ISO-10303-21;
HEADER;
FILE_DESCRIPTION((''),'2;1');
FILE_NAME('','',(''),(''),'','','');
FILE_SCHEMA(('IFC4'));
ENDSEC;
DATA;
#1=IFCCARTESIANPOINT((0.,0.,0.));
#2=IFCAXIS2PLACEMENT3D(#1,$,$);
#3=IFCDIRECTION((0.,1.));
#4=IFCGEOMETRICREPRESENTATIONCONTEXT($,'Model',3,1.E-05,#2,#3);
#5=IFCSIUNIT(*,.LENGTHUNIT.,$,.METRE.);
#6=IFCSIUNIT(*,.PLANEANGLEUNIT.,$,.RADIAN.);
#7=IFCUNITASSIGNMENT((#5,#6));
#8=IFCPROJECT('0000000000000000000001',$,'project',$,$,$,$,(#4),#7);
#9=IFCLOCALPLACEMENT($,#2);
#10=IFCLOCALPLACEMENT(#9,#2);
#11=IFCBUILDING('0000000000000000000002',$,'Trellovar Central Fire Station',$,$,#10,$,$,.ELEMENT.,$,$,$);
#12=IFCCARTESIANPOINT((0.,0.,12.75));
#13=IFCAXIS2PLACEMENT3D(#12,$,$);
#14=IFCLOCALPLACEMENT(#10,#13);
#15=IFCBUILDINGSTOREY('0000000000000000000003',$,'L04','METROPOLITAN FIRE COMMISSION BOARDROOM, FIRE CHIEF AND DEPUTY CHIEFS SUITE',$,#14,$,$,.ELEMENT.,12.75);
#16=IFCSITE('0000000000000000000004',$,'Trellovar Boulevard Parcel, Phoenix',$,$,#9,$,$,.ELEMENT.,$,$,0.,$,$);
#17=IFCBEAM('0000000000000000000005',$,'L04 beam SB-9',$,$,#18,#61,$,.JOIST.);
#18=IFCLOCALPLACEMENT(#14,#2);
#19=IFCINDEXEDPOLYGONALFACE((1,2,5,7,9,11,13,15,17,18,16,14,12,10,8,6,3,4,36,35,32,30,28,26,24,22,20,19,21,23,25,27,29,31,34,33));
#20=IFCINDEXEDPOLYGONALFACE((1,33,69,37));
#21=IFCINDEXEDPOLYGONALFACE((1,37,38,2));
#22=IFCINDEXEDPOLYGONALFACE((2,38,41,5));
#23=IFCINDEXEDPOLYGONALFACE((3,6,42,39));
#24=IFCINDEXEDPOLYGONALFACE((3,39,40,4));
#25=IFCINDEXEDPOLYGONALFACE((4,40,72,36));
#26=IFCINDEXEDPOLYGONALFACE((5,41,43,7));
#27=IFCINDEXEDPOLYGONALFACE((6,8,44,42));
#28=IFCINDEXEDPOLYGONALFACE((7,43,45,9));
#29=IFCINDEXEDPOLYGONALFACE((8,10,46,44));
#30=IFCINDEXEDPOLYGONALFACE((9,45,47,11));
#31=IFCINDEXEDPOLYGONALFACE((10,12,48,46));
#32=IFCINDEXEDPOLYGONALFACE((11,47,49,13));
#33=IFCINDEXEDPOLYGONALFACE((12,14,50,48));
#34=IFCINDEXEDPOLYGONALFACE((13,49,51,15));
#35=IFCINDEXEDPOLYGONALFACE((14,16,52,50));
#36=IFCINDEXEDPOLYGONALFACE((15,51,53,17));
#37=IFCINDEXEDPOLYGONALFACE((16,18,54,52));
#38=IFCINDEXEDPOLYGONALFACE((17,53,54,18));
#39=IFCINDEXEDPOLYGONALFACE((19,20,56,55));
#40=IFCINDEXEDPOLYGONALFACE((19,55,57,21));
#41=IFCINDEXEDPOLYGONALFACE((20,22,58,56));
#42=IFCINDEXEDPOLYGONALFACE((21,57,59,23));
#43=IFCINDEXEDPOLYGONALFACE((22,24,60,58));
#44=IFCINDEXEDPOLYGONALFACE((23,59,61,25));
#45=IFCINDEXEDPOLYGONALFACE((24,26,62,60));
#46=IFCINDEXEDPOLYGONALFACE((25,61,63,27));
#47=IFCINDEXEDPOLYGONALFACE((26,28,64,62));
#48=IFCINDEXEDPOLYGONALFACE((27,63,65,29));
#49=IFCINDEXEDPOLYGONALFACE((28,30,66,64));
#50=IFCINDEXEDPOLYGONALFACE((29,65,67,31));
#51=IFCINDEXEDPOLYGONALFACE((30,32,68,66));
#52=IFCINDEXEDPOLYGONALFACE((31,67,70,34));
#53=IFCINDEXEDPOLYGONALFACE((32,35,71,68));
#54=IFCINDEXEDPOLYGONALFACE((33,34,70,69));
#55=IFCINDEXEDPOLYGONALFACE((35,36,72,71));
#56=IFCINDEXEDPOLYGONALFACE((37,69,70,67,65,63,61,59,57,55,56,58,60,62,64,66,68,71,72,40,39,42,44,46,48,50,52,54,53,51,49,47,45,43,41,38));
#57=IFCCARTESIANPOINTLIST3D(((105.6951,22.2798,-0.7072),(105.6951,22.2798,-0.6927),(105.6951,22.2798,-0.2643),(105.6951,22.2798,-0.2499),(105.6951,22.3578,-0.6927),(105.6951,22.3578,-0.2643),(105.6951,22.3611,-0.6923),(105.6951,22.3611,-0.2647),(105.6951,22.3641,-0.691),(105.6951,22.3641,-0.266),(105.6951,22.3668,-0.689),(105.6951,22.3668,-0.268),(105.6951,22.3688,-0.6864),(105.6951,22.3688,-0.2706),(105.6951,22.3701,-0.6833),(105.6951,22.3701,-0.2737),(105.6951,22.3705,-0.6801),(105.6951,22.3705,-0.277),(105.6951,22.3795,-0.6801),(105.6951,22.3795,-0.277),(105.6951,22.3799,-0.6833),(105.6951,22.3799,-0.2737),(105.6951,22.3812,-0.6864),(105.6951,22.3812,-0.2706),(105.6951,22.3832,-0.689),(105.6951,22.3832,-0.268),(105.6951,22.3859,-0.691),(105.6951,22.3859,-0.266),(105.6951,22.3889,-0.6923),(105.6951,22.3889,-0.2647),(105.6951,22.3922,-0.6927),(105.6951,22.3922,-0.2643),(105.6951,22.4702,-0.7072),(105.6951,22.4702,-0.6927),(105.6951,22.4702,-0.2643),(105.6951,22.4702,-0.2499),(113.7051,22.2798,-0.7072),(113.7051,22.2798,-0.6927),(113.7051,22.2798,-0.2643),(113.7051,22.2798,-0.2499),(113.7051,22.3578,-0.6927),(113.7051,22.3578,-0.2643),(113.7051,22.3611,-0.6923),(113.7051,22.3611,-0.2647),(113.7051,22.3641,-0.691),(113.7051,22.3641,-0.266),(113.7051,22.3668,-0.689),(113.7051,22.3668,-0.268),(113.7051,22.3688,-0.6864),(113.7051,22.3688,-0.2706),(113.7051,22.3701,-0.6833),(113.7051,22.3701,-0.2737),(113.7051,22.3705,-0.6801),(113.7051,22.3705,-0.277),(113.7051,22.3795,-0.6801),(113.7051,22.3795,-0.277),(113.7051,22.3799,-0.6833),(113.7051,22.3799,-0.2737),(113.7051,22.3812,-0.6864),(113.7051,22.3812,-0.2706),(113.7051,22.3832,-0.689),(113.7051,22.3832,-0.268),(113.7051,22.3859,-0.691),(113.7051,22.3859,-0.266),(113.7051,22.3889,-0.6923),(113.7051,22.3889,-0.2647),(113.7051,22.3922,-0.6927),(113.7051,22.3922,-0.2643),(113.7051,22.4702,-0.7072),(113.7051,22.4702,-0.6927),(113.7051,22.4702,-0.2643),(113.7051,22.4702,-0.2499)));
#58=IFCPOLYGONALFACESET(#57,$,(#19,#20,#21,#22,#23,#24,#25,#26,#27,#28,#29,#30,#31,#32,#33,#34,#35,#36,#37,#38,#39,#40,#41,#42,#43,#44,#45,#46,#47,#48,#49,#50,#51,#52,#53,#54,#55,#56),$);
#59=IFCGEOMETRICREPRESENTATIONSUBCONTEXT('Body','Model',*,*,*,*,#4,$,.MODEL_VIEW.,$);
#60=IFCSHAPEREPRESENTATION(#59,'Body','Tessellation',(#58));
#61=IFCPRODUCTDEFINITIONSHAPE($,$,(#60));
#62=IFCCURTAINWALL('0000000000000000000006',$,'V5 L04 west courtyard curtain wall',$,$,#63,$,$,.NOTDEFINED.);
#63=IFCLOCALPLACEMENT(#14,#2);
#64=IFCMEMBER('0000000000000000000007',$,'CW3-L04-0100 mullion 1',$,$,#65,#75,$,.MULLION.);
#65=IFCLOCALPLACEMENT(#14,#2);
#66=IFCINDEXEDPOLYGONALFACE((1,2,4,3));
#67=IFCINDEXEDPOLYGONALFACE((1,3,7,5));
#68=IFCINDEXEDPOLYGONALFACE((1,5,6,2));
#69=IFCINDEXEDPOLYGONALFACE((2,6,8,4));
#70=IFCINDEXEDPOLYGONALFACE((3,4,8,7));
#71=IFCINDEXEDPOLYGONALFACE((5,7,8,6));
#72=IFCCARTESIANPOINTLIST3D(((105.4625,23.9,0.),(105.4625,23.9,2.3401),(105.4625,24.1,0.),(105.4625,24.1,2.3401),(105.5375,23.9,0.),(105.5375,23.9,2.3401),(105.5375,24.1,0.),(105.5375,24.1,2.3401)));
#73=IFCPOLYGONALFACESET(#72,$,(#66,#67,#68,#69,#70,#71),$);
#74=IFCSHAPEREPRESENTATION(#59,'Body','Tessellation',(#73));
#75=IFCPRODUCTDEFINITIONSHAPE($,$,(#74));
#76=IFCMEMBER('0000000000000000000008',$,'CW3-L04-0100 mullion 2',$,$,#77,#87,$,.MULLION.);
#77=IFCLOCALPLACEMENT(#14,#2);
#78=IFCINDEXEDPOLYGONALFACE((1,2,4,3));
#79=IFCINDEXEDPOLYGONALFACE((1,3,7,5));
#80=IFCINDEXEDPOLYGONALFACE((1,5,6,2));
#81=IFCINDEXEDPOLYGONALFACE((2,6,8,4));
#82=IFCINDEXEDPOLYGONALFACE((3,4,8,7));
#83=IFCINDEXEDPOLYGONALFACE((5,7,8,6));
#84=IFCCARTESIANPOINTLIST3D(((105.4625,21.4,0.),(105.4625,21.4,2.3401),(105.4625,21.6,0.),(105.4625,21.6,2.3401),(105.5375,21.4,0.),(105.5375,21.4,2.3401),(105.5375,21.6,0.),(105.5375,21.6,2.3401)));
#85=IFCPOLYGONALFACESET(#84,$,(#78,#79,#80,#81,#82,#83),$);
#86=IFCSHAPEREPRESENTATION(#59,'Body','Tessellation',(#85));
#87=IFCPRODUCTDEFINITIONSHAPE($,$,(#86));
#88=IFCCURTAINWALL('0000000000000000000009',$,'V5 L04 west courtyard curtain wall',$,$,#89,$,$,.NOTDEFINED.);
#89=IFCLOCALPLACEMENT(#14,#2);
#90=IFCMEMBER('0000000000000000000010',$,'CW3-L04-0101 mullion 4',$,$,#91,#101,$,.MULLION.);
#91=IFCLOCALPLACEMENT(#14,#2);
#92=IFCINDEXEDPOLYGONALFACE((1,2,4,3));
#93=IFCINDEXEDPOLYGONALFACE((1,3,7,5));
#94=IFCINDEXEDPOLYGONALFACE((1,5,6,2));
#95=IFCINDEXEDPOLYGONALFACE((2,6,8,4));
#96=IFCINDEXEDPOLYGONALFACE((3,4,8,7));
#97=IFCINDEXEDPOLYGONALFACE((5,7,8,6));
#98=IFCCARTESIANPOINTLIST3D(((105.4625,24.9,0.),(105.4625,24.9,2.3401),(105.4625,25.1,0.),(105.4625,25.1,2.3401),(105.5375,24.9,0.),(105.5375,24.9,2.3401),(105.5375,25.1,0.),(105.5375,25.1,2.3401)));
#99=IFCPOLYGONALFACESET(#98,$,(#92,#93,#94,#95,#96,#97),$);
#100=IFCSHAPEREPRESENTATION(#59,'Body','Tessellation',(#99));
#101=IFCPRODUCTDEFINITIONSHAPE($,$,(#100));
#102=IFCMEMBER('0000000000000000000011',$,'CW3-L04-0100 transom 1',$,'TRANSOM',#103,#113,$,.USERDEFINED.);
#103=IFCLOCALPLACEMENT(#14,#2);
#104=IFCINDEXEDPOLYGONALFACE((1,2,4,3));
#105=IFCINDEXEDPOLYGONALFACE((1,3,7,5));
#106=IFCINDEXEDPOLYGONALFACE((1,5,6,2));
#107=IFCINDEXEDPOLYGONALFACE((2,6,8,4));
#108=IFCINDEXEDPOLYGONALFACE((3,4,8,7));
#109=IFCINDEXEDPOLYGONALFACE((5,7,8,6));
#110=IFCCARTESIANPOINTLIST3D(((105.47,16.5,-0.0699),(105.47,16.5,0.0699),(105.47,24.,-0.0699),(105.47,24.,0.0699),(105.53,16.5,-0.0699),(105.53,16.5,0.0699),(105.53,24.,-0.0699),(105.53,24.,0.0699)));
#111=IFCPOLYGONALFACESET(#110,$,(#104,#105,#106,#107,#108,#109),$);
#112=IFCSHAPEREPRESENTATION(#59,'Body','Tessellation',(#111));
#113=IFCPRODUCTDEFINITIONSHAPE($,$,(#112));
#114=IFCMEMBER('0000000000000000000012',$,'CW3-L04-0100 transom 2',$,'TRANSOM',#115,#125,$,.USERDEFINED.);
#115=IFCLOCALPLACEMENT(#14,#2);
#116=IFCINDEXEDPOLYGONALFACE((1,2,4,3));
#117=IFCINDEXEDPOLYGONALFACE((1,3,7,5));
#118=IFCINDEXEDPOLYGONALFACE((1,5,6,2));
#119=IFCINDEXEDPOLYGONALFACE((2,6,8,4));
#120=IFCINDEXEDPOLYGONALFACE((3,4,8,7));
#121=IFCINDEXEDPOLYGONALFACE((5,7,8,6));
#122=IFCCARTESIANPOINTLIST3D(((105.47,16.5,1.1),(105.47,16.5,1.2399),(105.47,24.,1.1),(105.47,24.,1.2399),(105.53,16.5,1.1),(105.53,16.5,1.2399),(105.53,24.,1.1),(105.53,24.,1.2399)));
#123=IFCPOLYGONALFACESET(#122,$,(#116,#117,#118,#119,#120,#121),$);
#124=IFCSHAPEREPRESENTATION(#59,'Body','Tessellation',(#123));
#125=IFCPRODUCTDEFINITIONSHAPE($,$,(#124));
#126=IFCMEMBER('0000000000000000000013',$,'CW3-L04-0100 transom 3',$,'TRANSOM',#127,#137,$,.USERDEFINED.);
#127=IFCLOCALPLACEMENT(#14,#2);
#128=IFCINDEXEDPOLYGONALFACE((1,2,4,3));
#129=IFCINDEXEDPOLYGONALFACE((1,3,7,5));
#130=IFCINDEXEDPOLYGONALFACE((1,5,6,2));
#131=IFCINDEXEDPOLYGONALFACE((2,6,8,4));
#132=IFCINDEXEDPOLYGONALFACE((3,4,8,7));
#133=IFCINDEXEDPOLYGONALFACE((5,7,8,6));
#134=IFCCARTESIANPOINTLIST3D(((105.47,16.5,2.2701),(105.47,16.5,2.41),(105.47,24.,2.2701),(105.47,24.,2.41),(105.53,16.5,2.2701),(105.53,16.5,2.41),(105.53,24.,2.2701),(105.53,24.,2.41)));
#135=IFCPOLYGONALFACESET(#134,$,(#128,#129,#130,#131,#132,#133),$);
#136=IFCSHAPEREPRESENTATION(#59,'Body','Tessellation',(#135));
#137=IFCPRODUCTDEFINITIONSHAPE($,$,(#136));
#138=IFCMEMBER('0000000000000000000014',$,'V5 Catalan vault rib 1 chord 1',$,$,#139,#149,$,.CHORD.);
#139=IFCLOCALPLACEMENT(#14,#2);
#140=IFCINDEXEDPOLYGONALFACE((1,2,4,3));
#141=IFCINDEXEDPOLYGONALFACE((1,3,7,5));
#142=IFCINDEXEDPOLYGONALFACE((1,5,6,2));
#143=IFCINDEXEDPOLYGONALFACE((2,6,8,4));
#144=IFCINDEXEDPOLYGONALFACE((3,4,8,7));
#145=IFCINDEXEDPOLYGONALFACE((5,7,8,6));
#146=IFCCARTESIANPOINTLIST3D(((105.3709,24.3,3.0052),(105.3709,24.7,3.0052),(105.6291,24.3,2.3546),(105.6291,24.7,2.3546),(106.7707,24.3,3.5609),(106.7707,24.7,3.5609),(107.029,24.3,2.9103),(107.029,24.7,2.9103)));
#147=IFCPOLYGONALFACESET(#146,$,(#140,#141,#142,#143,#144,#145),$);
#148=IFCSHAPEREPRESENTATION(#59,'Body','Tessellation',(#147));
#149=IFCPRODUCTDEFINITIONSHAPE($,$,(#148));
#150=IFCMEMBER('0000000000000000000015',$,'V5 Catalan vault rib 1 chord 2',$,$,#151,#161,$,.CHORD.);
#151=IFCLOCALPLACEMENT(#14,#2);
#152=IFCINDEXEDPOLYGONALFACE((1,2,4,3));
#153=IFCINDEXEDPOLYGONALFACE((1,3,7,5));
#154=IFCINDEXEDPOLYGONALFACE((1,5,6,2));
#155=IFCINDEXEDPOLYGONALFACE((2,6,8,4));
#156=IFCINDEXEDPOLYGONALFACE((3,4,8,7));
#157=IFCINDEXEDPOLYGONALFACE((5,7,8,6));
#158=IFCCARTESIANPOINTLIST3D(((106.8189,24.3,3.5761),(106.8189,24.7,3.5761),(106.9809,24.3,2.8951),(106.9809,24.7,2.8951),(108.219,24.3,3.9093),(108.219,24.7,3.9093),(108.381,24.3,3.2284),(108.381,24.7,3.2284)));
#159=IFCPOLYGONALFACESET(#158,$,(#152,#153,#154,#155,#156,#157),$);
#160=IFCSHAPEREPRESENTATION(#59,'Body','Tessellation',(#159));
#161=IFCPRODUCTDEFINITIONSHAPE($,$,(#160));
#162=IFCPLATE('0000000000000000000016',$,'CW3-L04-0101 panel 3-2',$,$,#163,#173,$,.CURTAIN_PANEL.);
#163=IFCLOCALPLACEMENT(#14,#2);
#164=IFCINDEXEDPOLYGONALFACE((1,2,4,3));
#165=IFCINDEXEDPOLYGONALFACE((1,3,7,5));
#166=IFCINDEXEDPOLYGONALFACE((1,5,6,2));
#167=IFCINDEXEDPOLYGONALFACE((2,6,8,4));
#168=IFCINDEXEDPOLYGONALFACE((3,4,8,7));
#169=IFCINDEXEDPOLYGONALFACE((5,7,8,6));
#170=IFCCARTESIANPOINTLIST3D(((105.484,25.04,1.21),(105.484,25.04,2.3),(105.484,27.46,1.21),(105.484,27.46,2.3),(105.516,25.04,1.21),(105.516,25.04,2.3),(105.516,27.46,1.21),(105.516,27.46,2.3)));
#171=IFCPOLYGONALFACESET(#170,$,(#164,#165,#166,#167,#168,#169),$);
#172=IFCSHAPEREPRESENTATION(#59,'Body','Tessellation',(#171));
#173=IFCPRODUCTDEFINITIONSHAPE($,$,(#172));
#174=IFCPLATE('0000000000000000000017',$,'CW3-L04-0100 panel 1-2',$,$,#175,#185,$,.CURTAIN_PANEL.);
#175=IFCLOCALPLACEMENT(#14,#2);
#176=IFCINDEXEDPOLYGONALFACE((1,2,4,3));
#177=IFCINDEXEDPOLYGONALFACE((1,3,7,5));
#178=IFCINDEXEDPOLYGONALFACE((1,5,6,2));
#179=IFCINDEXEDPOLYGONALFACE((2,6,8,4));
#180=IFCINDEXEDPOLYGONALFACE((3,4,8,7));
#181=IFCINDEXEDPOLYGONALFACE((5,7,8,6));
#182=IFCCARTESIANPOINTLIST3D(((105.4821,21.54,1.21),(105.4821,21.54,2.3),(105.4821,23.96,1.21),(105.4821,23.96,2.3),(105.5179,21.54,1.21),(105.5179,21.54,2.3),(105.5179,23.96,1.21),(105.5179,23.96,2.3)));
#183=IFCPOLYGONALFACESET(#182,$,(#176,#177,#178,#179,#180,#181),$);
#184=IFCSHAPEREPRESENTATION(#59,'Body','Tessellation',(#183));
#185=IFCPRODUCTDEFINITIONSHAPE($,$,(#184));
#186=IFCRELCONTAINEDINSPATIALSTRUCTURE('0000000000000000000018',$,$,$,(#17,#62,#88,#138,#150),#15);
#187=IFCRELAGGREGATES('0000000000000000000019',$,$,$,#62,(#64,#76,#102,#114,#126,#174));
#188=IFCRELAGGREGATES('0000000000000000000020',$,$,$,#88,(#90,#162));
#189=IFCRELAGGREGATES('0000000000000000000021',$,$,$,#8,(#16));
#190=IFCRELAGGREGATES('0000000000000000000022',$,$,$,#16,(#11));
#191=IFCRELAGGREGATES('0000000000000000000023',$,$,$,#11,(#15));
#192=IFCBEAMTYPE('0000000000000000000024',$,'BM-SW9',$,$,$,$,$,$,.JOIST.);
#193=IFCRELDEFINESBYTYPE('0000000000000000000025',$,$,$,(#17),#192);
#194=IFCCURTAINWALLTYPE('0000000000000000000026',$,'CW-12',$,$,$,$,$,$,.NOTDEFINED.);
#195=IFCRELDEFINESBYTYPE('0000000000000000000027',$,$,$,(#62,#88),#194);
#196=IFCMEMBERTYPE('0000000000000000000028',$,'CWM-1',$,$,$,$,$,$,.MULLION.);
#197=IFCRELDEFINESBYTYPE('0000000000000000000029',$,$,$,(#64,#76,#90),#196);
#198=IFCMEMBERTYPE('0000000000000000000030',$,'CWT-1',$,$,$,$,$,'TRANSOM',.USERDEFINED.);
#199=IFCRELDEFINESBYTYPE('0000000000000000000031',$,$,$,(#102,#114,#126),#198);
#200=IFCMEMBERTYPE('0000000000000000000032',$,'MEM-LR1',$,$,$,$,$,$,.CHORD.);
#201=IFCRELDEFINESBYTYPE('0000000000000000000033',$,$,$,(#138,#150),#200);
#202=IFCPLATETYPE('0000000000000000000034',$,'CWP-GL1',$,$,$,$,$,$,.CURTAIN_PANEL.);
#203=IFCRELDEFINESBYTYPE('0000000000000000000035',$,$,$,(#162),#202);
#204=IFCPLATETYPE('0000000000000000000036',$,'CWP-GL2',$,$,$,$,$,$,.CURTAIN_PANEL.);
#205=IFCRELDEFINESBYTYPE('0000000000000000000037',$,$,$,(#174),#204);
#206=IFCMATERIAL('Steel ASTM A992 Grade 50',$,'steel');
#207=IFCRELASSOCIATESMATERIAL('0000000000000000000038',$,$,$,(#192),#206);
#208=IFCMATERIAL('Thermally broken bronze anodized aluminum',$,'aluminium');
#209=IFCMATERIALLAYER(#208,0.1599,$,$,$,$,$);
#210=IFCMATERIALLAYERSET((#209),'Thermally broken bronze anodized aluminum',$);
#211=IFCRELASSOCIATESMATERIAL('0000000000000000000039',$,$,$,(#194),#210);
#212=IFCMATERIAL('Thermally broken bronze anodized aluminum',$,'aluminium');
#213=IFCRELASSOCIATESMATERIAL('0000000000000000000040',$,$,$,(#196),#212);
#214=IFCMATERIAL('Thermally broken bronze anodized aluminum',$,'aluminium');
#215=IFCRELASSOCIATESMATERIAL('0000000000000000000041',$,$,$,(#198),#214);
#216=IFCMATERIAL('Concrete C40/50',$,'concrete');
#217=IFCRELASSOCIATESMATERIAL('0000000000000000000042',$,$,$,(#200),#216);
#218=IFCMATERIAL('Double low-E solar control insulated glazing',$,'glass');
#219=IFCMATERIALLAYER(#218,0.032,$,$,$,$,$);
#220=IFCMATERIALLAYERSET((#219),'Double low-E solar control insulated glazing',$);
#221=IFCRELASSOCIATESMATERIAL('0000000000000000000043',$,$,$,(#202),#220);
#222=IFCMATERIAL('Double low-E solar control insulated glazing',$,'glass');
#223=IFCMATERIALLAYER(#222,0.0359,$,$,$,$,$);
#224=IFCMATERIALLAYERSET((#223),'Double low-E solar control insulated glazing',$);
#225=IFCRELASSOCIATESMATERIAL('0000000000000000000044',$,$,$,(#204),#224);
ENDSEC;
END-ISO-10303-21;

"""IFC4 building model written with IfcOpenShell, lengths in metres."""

from ifc_helpers import new_model, si_unit, direction, frame, origin, origin_2d, place, context, subcontext, project, spatial, rectangle, i_section, extrude, material, layer, layer_set, material_profile, profile_set, type_object, element, aggregate, save


model = new_model("IFC4")

# Units and contexts
model_context = context("Model", 3, precision=1e-05, world=origin(), true_north=direction((0.0, 1.0)))
body_context = subcontext(model_context, "Body", "Model", "MODEL_VIEW")
ifc_project = project(units=[si_unit("LENGTHUNIT", "METRE"), si_unit("PLANEANGLEUNIT", "RADIAN")], contexts=[model_context])

# Site, building, storey
site_placement = place(None, origin())
site = spatial("IfcSite", under=ifc_project, at=site_placement, Name="Trellovar Boulevard Parcel, Phoenix", CompositionType="ELEMENT", RefElevation=0.0)
building_placement = place(site_placement, origin())
building = spatial("IfcBuilding", under=site, at=building_placement, Name="Trellovar Central Fire Station", CompositionType="ELEMENT")
storey_placement = place(building_placement, frame((0.0, 0.0, 12.75)))
storey = spatial("IfcBuildingStorey", under=building, at=storey_placement, Name="L04", Description="METROPOLITAN FIRE COMMISSION BOARDROOM, FIRE CHIEF AND DEPUTY CHIEFS SUITE", CompositionType="ELEMENT", Elevation=12.75)

# Beam
ifc_material_1 = material(Name="Steel ASTM A992 Grade 50", Category="steel")
ifc_material_profile_1 = material_profile(ifc_material_1, i_section(OverallWidth=0.1904, OverallDepth=0.4573, WebThickness=0.009, FlangeThickness=0.0144, FilletRadius=0.0127, at=origin_2d()), Name="W18X50")
ifc_profile_set_1 = profile_set([ifc_material_profile_1], Name="Steel ASTM A992 Grade 50")
beam_type_1 = type_object("IfcBeamType", Name="BM-SW9", PredefinedType="JOIST", material=ifc_profile_set_1)
for number, where, z_axis, x_axis, name in (
    (1, (105.6951, 22.375, -0.4785), (1.0, 0.0, 0.0), (0.0, 1.0, 0.0), "L04 beam SB-9"),
):
    element("IfcBeam", number, at=place(storey_placement, frame(where, z_axis=z_axis, x_axis=x_axis)), inside=storey, type_object=beam_type_1, Name=name, PredefinedType="JOIST", context=body_context, shape_type="SweptSolid", body=[
        extrude(i_section(OverallWidth=0.1904, OverallDepth=0.4573, WebThickness=0.009, FlangeThickness=0.0144, FilletRadius=0.0127, at=origin_2d()), origin(), (0.0, 0.0, 1.0), 8.01),
    ])

# Curtain wall, members
ifc_material_2 = material(Name="Thermally broken bronze anodized aluminum", Category="aluminium")
ifc_layer_1 = layer(ifc_material_2, 0.1599)
ifc_layer_set_1 = layer_set([ifc_layer_1], Name="Thermally broken bronze anodized aluminum")
curtain_wall_type = type_object("IfcCurtainWallType", Name="CW-12", PredefinedType="NOTDEFINED", material=ifc_layer_set_1)
curtain_wall_1_placement = place(storey_placement, origin())
curtain_wall_1 = element("IfcCurtainWall", 2, at=curtain_wall_1_placement, inside=storey, type_object=curtain_wall_type, Name="V5 L04 west courtyard curtain wall", PredefinedType="NOTDEFINED")
ifc_material_3 = material(Name="Thermally broken bronze anodized aluminum", Category="aluminium")
ifc_material_profile_2 = material_profile(ifc_material_3, rectangle(XDim=0.075, YDim=0.2, at=origin_2d()), Name="ALU75X200")
ifc_profile_set_2 = profile_set([ifc_material_profile_2], Name="Thermally broken bronze anodized aluminum")
member_type_1 = type_object("IfcMemberType", Name="CWM-1", PredefinedType="MULLION", material=ifc_profile_set_2)
member_1_placement = place(storey_placement, frame((105.5, 24.0, 0.0), z_axis=(0.0, 0.0, 1.0), x_axis=(1.0, 0.0, 0.0)))
member_1 = element("IfcMember", 3, at=member_1_placement, type_object=member_type_1, Name="CW3-L04-0100 mullion 1", PredefinedType="MULLION", context=body_context, shape_type="SweptSolid", body=[
    extrude(rectangle(XDim=0.075, YDim=0.2, at=origin_2d()), origin(), (0.0, 0.0, 1.0), 2.3401),
])
member_2_placement = place(storey_placement, frame((105.5, 21.5, 0.0), z_axis=(0.0, 0.0, 1.0), x_axis=(1.0, 0.0, 0.0)))
member_2 = element("IfcMember", 4, at=member_2_placement, type_object=member_type_1, Name="CW3-L04-0100 mullion 2", PredefinedType="MULLION", context=body_context, shape_type="SweptSolid", body=[
    extrude(rectangle(XDim=0.075, YDim=0.2, at=origin_2d()), origin(), (0.0, 0.0, 1.0), 2.3401),
])

# Curtain wall, member
curtain_wall_2_placement = place(storey_placement, origin())
curtain_wall_2 = element("IfcCurtainWall", 5, at=curtain_wall_2_placement, inside=storey, type_object=curtain_wall_type, Name="V5 L04 west courtyard curtain wall", PredefinedType="NOTDEFINED")
member_3_placement = place(storey_placement, frame((105.5, 25.0, 0.0), z_axis=(0.0, 0.0, 1.0), x_axis=(1.0, 0.0, 0.0)))
member_3 = element("IfcMember", 6, at=member_3_placement, type_object=member_type_1, Name="CW3-L04-0101 mullion 4", PredefinedType="MULLION", context=body_context, shape_type="SweptSolid", body=[
    extrude(rectangle(XDim=0.075, YDim=0.2, at=origin_2d()), origin(), (0.0, 0.0, 1.0), 2.3401),
])

# Members
ifc_material_4 = material(Name="Thermally broken bronze anodized aluminum", Category="aluminium")
ifc_material_profile_3 = material_profile(ifc_material_4, rectangle(XDim=0.0601, YDim=0.1399, at=origin_2d()), Name="ALU60X140")
ifc_profile_set_3 = profile_set([ifc_material_profile_3], Name="Thermally broken bronze anodized aluminum")
member_type_2 = type_object("IfcMemberType", Name="CWT-1", ElementType="TRANSOM", PredefinedType="USERDEFINED", material=ifc_profile_set_3)
member_4_placement = place(storey_placement, frame((105.5, 24.0, 0.0), z_axis=(0.0, -1.0, 0.0), x_axis=(1.0, 0.0, 0.0)))
member_4 = element("IfcMember", 7, at=member_4_placement, type_object=member_type_2, Name="CW3-L04-0100 transom 1", ObjectType="TRANSOM", PredefinedType="USERDEFINED", context=body_context, shape_type="SweptSolid", body=[
    extrude(rectangle(XDim=0.0601, YDim=0.1399, at=origin_2d()), origin(), (0.0, 0.0, 1.0), 7.5),
])
member_5_placement = place(storey_placement, frame((105.5, 24.0, 1.1699), z_axis=(0.0, -1.0, 0.0), x_axis=(1.0, 0.0, 0.0)))
member_5 = element("IfcMember", 8, at=member_5_placement, type_object=member_type_2, Name="CW3-L04-0100 transom 2", ObjectType="TRANSOM", PredefinedType="USERDEFINED", context=body_context, shape_type="SweptSolid", body=[
    extrude(rectangle(XDim=0.0601, YDim=0.1399, at=origin_2d()), origin(), (0.0, 0.0, 1.0), 7.5),
])
member_6_placement = place(storey_placement, frame((105.5, 24.0, 2.3401), z_axis=(0.0, -1.0, 0.0), x_axis=(1.0, 0.0, 0.0)))
member_6 = element("IfcMember", 9, at=member_6_placement, type_object=member_type_2, Name="CW3-L04-0100 transom 3", ObjectType="TRANSOM", PredefinedType="USERDEFINED", context=body_context, shape_type="SweptSolid", body=[
    extrude(rectangle(XDim=0.0601, YDim=0.1399, at=origin_2d()), origin(), (0.0, 0.0, 1.0), 7.5),
])

# Members
ifc_material_5 = material(Name="Concrete C40/50", Category="concrete")
ifc_material_profile_4 = material_profile(ifc_material_5, rectangle(XDim=0.3999, YDim=0.7, at=origin_2d()), Name="RC400X700")
ifc_profile_set_4 = profile_set([ifc_material_profile_4], Name="Concrete C40/50")
member_type_3 = type_object("IfcMemberType", Name="MEM-LR1", PredefinedType="CHORD", material=ifc_profile_set_4)
member_7_placement = place(storey_placement, frame((105.5, 24.5, 2.6799), z_axis=(0.929457, 0.0, 0.36893), x_axis=(0.0, 1.0, 0.0)))
element("IfcMember", 10, at=member_7_placement, inside=storey, type_object=member_type_3, Name="V5 Catalan vault rib 1 chord 1", PredefinedType="CHORD", context=body_context, shape_type="SweptSolid", body=[
    extrude(rectangle(XDim=0.3999, YDim=0.7, at=origin_2d()), origin(), (0.0, 0.0, 1.0), 1.5061),
])
member_8_placement = place(storey_placement, frame((106.8999, 24.5, 3.2356), z_axis=(0.972824, 0.0, 0.231544), x_axis=(0.0, 1.0, 0.0)))
element("IfcMember", 11, at=member_8_placement, inside=storey, type_object=member_type_3, Name="V5 Catalan vault rib 1 chord 2", PredefinedType="CHORD", context=body_context, shape_type="SweptSolid", body=[
    extrude(rectangle(XDim=0.3999, YDim=0.7, at=origin_2d()), origin(), (0.0, 0.0, 1.0), 1.4392),
])

# Plates
ifc_material_6 = material(Name="Double low-E solar control insulated glazing", Category="glass")
ifc_layer_2 = layer(ifc_material_6, 0.032)
ifc_layer_set_2 = layer_set([ifc_layer_2], Name="Double low-E solar control insulated glazing")
plate_type_1 = type_object("IfcPlateType", Name="CWP-GL1", PredefinedType="CURTAIN_PANEL", material=ifc_layer_set_2)
plate_1_placement = place(storey_placement, frame((105.5, 26.25, 1.21), z_axis=(0.0, 0.0, 1.0), x_axis=(0.0, -1.0, 0.0)))
plate_1 = element("IfcPlate", 12, at=plate_1_placement, type_object=plate_type_1, Name="CW3-L04-0101 panel 3-2", PredefinedType="CURTAIN_PANEL", context=body_context, shape_type="SweptSolid", body=[
    extrude(rectangle(XDim=2.4199, YDim=0.032, at=origin_2d()), origin(), (0.0, 0.0, 1.0), 1.0901),
])
ifc_material_7 = material(Name="Double low-E solar control insulated glazing", Category="glass")
ifc_layer_3 = layer(ifc_material_7, 0.0359)
ifc_layer_set_3 = layer_set([ifc_layer_3], Name="Double low-E solar control insulated glazing")
plate_type_2 = type_object("IfcPlateType", Name="CWP-GL2", PredefinedType="CURTAIN_PANEL", material=ifc_layer_set_3)
plate_2_placement = place(storey_placement, frame((105.5, 22.75, 1.21), z_axis=(0.0, 0.0, 1.0), x_axis=(0.0, -1.0, 0.0)))
plate_2 = element("IfcPlate", 13, at=plate_2_placement, type_object=plate_type_2, Name="CW3-L04-0100 panel 1-2", PredefinedType="CURTAIN_PANEL", context=body_context, shape_type="SweptSolid", body=[
    extrude(rectangle(XDim=2.4199, YDim=0.0359, at=origin_2d()), origin(), (0.0, 0.0, 1.0), 1.0901),
])
aggregate(curtain_wall_1, [member_1, member_2, member_4, member_5, member_6, plate_2])
aggregate(curtain_wall_2, [member_3, plate_1])

save(model, "model.ifc")
